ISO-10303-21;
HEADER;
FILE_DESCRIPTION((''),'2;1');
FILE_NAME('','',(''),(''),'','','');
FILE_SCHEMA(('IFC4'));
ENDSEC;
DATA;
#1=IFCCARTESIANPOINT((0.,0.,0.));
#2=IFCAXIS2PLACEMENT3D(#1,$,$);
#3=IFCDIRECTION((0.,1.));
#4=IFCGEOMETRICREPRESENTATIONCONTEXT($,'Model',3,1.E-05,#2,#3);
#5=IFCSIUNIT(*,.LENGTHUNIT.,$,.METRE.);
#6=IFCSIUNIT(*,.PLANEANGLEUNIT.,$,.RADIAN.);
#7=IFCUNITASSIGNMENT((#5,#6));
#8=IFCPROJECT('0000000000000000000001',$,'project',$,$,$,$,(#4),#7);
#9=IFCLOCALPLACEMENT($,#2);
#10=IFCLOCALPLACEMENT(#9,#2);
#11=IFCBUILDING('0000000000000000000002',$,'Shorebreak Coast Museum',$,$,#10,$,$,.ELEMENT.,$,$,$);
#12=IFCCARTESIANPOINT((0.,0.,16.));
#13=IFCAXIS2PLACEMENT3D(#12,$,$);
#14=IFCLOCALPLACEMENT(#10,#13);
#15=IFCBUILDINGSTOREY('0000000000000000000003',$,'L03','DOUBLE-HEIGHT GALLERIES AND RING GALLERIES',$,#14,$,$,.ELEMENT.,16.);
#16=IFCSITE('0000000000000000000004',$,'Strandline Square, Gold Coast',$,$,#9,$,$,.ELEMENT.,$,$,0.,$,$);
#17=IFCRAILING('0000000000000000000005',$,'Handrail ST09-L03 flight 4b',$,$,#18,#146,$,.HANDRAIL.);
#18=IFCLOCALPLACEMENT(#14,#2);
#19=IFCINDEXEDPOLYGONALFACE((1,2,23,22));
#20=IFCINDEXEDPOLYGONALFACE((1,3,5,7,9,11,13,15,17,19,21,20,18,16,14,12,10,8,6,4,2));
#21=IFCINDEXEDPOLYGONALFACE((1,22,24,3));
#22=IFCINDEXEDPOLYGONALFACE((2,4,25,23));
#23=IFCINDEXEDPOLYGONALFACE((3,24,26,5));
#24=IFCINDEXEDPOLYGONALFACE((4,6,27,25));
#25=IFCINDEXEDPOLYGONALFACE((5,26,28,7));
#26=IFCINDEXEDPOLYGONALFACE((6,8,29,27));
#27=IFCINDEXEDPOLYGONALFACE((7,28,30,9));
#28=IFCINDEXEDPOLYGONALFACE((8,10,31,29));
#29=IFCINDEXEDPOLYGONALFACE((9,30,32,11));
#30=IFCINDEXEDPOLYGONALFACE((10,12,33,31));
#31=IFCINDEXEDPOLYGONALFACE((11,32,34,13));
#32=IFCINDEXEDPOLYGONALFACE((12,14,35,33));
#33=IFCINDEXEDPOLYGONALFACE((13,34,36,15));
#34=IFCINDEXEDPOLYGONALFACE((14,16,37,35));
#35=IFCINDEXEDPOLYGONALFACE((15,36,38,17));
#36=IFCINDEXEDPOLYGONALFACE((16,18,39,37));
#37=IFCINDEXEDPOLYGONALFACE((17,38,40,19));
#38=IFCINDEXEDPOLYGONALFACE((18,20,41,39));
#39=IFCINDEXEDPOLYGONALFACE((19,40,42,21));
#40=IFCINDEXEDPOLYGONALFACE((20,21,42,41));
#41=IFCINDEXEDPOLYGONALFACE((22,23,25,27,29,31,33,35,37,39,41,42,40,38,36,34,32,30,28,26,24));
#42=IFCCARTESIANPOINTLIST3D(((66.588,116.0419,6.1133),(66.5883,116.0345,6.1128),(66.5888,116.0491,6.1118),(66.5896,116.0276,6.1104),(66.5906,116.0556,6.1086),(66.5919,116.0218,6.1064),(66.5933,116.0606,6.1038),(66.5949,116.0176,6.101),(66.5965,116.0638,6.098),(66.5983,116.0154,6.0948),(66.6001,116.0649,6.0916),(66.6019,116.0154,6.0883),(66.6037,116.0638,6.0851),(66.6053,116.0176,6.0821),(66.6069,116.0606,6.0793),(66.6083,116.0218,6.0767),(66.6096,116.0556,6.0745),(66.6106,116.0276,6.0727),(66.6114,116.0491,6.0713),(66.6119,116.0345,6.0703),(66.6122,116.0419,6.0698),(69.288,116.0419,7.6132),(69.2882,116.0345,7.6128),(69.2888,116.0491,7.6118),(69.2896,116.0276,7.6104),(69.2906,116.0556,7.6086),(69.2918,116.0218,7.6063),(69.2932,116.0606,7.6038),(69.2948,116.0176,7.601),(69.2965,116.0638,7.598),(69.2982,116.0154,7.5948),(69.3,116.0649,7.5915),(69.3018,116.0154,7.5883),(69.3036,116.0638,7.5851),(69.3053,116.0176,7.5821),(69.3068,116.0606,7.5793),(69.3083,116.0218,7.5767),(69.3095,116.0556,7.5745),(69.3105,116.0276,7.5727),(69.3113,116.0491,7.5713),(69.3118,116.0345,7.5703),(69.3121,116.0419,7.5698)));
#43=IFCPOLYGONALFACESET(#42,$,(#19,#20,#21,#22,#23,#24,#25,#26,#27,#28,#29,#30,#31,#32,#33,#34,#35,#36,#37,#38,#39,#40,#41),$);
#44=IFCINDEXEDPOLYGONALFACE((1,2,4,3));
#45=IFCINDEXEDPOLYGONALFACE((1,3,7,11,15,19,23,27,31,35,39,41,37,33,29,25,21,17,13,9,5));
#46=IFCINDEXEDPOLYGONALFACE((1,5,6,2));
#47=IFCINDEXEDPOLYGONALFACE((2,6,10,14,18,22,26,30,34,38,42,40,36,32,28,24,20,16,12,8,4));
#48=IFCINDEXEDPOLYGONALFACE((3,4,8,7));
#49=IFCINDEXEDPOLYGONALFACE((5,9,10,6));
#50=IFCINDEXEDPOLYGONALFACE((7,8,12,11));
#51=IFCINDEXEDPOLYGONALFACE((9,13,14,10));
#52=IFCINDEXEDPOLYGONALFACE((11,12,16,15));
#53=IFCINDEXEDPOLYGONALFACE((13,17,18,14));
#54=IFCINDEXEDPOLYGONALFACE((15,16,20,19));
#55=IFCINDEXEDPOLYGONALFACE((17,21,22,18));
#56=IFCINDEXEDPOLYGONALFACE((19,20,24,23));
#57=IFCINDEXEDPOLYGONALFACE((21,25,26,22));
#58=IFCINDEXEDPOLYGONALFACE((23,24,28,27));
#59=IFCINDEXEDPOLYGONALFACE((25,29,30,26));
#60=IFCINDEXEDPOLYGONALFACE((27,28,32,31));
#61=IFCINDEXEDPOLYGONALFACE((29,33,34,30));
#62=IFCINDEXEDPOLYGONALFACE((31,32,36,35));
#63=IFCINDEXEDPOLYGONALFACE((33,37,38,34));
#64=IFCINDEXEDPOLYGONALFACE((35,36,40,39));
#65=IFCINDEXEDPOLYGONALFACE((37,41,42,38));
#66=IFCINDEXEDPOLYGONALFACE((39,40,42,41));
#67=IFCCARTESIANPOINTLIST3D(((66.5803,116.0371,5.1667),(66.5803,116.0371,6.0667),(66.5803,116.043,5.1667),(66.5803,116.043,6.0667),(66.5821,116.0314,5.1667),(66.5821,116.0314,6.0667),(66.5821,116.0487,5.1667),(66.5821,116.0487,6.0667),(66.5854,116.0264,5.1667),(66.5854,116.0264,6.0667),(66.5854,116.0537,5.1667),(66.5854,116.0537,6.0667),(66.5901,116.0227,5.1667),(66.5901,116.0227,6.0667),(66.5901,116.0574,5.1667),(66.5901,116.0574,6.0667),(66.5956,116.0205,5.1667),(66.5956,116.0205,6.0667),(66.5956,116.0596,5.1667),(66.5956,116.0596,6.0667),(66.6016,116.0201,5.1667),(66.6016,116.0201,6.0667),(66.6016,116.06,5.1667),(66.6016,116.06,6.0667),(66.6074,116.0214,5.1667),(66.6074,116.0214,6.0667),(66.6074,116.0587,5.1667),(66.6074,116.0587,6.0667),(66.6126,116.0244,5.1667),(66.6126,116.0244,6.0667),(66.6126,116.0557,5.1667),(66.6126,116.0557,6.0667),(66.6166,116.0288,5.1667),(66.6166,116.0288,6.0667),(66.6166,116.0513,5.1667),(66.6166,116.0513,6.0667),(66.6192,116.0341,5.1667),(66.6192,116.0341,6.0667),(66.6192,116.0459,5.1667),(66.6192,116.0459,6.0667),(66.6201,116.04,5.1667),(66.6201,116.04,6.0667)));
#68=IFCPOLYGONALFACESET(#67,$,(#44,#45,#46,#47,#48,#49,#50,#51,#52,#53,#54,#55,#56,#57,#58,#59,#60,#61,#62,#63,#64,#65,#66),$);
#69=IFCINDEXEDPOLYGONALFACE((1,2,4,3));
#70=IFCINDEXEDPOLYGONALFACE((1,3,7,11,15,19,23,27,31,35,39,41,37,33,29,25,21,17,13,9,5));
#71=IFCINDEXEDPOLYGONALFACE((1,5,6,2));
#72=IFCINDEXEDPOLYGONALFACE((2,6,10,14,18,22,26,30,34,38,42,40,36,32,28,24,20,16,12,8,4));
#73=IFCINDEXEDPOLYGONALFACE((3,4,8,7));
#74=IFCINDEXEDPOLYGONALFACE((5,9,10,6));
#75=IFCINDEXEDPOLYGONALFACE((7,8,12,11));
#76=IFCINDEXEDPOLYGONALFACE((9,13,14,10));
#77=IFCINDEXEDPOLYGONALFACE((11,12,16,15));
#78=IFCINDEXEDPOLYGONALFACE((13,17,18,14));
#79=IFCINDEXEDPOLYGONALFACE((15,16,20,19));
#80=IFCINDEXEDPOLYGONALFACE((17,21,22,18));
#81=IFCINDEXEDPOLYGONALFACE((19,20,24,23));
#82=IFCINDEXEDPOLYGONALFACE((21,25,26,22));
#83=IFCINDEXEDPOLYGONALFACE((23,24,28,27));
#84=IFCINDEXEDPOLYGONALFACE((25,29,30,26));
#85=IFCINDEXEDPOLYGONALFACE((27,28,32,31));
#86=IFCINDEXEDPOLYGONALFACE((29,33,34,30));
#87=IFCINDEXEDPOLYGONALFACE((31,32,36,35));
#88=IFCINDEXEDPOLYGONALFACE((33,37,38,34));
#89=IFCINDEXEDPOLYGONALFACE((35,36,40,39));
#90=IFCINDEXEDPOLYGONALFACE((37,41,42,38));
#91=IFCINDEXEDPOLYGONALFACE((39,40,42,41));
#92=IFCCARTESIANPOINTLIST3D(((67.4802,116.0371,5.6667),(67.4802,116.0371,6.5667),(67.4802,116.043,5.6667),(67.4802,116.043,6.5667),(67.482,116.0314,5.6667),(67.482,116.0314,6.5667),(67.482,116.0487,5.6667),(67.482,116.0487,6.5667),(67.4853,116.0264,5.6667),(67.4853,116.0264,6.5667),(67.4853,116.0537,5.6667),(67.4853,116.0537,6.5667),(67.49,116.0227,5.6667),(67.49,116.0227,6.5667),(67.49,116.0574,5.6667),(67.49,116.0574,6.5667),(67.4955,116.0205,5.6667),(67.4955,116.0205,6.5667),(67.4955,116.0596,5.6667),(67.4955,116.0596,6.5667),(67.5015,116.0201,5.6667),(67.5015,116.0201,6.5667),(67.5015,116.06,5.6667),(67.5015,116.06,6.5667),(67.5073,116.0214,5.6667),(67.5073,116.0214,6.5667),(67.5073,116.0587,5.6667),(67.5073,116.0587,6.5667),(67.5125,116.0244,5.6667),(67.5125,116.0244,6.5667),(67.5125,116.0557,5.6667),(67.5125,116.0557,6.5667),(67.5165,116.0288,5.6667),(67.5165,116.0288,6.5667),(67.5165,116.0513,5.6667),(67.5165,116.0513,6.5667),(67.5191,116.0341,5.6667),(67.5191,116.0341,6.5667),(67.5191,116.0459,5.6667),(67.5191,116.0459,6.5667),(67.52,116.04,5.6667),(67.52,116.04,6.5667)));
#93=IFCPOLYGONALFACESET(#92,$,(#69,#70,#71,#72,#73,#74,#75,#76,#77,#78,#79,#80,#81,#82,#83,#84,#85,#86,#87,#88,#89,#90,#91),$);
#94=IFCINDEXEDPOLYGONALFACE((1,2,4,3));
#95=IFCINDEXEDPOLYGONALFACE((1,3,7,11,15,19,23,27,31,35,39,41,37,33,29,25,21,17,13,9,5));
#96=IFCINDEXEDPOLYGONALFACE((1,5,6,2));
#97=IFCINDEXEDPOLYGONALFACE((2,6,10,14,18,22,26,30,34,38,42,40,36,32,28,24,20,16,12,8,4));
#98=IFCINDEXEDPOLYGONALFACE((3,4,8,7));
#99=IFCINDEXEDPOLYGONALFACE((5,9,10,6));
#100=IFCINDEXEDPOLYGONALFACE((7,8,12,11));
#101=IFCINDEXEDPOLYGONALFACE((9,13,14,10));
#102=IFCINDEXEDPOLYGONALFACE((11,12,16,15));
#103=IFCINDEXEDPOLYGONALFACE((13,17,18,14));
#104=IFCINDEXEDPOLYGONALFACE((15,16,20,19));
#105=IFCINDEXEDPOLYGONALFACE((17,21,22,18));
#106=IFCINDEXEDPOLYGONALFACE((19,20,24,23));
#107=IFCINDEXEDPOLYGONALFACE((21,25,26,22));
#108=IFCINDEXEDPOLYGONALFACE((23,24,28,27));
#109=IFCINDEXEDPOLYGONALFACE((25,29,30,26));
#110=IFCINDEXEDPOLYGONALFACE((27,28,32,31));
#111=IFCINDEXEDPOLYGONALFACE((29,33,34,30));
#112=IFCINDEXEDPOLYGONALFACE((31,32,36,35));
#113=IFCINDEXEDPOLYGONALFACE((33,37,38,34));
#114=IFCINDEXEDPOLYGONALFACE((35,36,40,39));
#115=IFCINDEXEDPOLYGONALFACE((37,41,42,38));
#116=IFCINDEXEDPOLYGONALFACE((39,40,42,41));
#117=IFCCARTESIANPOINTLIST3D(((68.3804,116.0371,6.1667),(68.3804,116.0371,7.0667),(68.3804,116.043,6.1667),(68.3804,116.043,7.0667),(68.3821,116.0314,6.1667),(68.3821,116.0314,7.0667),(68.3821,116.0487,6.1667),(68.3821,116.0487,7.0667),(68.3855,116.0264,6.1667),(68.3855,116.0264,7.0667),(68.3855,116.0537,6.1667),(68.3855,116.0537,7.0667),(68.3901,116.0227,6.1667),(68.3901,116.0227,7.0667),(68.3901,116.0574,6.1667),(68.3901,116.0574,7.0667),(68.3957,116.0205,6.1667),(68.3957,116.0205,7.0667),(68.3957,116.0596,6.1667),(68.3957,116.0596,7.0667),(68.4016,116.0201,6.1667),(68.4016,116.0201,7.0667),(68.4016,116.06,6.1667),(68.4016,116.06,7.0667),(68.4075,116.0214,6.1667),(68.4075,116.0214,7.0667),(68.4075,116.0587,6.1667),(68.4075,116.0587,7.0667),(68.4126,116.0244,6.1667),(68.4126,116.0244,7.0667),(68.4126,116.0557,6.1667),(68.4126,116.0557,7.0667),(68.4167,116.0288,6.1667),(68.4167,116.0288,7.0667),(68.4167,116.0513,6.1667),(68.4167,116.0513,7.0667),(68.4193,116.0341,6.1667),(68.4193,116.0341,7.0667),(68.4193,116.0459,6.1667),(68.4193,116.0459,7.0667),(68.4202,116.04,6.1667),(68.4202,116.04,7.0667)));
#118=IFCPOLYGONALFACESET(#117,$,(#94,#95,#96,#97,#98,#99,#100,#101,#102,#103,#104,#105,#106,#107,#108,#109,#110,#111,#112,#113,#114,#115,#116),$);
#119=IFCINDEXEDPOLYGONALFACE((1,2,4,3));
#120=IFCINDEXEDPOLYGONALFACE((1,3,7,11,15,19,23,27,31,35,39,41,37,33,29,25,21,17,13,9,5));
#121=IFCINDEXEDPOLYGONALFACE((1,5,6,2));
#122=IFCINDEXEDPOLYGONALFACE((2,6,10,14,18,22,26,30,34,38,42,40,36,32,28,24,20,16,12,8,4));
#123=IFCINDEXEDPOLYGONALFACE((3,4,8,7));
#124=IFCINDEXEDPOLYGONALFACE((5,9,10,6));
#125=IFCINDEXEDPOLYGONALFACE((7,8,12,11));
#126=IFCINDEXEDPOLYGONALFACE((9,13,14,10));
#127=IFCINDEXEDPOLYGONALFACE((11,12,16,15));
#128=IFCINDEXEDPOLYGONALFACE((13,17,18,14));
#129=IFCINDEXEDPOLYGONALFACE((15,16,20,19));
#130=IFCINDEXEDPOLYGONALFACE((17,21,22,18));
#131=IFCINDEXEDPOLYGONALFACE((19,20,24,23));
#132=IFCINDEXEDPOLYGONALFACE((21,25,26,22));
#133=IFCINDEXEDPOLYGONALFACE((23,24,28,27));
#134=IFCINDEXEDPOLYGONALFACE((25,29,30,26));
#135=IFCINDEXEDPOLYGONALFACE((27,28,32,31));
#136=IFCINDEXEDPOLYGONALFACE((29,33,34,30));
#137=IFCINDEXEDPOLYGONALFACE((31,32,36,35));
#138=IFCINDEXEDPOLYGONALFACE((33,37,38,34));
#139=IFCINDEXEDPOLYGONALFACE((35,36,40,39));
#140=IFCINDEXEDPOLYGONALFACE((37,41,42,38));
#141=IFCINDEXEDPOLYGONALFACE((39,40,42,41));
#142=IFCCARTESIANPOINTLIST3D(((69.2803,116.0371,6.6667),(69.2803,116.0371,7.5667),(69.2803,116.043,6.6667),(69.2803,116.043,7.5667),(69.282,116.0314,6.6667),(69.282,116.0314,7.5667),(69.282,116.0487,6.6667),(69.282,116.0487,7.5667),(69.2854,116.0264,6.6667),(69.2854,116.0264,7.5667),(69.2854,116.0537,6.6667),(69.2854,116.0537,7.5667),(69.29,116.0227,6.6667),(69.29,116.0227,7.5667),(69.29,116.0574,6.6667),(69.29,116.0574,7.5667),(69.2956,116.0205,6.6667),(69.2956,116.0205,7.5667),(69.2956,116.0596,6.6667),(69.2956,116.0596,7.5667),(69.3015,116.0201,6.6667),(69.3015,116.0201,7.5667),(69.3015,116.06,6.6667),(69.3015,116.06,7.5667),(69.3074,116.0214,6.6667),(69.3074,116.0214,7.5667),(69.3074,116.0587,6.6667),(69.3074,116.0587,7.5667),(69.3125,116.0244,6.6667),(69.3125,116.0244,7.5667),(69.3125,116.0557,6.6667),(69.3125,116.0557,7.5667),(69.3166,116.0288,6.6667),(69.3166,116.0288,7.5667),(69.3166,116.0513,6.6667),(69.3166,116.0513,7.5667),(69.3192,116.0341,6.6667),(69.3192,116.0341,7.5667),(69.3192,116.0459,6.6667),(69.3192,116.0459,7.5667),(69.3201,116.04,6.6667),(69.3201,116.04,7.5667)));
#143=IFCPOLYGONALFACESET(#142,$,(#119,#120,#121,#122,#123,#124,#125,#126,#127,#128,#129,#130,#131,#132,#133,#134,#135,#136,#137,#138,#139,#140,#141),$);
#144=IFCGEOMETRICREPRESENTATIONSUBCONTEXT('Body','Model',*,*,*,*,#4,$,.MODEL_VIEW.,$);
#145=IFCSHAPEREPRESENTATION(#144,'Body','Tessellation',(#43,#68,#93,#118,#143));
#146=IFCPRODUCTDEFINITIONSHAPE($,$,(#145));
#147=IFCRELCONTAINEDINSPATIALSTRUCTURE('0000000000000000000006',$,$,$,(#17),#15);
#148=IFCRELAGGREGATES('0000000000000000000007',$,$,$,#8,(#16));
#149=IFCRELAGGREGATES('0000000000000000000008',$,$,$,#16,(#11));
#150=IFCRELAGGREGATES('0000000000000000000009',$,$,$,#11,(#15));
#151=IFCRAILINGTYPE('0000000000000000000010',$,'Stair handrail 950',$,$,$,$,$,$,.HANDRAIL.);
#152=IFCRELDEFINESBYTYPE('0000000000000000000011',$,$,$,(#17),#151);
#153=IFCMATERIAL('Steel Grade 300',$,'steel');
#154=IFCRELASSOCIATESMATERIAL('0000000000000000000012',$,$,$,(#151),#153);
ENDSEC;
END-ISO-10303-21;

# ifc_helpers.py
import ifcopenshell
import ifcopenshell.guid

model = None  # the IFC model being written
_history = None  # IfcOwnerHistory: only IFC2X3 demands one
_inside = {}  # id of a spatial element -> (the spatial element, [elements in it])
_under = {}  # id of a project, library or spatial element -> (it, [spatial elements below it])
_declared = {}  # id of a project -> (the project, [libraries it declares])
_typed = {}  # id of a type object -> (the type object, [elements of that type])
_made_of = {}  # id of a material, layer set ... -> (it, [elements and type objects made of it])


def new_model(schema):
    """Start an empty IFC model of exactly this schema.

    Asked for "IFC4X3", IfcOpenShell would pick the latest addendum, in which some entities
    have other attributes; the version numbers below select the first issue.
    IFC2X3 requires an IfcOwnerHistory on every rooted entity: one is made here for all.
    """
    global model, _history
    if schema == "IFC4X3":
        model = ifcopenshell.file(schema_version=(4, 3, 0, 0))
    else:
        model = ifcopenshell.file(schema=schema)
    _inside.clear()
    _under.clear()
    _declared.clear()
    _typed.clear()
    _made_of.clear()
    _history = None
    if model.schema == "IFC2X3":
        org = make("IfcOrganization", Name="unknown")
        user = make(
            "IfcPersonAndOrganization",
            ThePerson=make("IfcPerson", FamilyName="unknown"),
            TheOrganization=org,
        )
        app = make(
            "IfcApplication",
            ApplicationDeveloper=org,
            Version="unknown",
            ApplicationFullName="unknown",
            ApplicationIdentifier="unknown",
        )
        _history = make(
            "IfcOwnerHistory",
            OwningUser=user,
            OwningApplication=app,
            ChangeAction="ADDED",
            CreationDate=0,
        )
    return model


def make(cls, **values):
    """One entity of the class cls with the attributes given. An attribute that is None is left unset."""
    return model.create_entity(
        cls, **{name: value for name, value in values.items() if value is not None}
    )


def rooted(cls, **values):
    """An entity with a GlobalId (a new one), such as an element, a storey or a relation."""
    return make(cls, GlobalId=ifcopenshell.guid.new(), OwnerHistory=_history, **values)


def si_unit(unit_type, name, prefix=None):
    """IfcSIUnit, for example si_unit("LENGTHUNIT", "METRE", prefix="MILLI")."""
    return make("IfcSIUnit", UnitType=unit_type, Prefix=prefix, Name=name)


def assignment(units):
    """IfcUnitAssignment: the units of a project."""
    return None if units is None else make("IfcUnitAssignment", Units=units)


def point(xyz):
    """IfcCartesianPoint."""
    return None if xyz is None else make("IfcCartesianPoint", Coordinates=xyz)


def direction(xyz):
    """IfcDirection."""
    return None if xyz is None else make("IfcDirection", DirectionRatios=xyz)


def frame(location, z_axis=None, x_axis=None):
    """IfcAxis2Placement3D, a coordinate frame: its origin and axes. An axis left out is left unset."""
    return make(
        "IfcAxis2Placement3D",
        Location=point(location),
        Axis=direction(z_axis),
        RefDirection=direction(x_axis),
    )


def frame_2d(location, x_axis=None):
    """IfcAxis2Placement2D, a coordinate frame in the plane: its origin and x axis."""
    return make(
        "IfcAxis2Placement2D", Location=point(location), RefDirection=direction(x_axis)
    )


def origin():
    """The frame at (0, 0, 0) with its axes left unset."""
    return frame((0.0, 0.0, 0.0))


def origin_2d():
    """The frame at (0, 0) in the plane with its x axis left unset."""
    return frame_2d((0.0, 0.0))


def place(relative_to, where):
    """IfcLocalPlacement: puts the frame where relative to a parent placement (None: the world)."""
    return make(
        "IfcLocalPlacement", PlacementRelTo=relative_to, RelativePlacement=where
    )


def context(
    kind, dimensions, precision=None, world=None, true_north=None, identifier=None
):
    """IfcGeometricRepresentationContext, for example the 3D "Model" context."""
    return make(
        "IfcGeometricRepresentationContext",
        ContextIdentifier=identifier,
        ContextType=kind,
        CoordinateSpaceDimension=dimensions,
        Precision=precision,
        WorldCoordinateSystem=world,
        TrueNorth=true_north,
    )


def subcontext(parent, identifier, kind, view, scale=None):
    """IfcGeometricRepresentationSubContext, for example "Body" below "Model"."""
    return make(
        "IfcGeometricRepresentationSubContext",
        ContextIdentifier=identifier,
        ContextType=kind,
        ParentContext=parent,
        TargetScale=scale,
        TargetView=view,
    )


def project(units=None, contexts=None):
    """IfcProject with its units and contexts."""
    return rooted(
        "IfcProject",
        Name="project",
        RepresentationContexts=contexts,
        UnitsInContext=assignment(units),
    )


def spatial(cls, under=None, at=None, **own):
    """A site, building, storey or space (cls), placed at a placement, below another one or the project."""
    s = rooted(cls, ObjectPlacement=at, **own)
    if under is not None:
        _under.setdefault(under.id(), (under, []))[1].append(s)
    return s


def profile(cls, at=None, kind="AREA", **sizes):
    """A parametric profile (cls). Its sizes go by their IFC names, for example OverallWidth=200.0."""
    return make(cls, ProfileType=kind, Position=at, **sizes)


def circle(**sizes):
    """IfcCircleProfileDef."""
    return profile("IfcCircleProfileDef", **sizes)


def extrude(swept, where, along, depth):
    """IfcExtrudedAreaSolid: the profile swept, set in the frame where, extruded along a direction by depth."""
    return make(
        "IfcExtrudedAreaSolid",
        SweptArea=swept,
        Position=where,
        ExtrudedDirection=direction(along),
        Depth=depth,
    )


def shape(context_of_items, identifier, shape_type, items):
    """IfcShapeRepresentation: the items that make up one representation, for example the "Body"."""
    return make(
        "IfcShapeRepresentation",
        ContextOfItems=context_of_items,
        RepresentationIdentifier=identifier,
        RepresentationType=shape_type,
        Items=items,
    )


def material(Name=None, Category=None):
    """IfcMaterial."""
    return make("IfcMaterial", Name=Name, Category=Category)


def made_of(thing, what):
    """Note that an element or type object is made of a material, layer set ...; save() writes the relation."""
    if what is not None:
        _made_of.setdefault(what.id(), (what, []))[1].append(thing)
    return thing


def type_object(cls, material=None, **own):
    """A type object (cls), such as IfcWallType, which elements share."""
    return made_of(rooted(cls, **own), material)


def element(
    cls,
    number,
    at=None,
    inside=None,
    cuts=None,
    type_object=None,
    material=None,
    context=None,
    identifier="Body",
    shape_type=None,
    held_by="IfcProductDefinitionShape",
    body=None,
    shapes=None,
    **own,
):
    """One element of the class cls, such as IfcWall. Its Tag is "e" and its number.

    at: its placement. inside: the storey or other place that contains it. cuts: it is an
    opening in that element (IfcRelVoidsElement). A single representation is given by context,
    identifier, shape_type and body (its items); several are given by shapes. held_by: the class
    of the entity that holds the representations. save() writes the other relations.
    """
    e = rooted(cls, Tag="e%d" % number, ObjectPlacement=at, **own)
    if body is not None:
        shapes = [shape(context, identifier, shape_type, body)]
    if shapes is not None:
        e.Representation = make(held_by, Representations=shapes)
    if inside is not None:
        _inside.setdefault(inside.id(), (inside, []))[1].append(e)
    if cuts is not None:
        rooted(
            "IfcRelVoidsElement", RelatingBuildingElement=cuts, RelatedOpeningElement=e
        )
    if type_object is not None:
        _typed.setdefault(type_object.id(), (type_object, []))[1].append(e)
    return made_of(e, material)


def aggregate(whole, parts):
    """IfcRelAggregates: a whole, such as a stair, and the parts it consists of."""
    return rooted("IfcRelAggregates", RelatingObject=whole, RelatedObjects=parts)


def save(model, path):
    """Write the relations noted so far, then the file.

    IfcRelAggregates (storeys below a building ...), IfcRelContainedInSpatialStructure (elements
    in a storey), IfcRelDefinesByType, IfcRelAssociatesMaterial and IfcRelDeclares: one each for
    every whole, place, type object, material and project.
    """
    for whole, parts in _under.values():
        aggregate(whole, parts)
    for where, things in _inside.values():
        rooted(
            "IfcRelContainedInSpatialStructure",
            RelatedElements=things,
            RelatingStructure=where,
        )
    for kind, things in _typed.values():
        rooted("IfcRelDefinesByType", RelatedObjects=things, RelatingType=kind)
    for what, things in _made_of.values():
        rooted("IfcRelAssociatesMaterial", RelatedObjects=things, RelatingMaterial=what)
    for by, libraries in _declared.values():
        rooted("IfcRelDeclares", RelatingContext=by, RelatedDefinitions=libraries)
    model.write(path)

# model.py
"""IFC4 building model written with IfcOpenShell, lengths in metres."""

from ifc_helpers import new_model, si_unit, direction, frame, origin, origin_2d, place, context, subcontext, project, spatial, circle, extrude, material, type_object, element, save


model = new_model("IFC4")

# Units and contexts
model_context = context("Model", 3, precision=1e-05, world=origin(), true_north=direction((0.0, 1.0)))
body_context = subcontext(model_context, "Body", "Model", "MODEL_VIEW")
ifc_project = project(units=[si_unit("LENGTHUNIT", "METRE"), si_unit("PLANEANGLEUNIT", "RADIAN")], contexts=[model_context])

# Site, building, storey
site_placement = place(None, origin())
site = spatial("IfcSite", under=ifc_project, at=site_placement, Name="Strandline Square, Gold Coast", CompositionType="ELEMENT", RefElevation=0.0)
building_placement = place(site_placement, origin())
building = spatial("IfcBuilding", under=site, at=building_placement, Name="Shorebreak Coast Museum", CompositionType="ELEMENT")
storey_placement = place(building_placement, frame((0.0, 0.0, 16.0)))
storey = spatial("IfcBuildingStorey", under=building, at=storey_placement, Name="L03", Description="DOUBLE-HEIGHT GALLERIES AND RING GALLERIES", CompositionType="ELEMENT", Elevation=16.0)

# Railing
ifc_material_1 = material(Name="Steel Grade 300", Category="steel")
railing_type_1 = type_object("IfcRailingType", Name="Stair handrail 950", PredefinedType="HANDRAIL", material=ifc_material_1)
for number, where, name in (
    (1, (66.6001, 116.04, 5.1667), "Handrail ST09-L03 flight 4b"),
):
    element("IfcRailing", number, at=place(storey_placement, frame(where)), inside=storey, type_object=railing_type_1, Name=name, PredefinedType="HANDRAIL", context=body_context, shape_type="SweptSolid", body=[
        extrude(circle(Radius=0.0249, at=origin_2d()), frame((0.0, 0.0, 0.9248), z_axis=(0.874154, 0.0, 0.48565), x_axis=(0.0, 1.0, 0.0)), (0.0, 0.0, 1.0), 3.0886),
        extrude(circle(Radius=0.02, at=origin_2d()), origin(), (0.0, 0.0, 1.0), 0.8999),
        extrude(circle(Radius=0.02, at=origin_2d()), frame((0.8999, 0.0, 0.5)), (0.0, 0.0, 1.0), 0.8999),
        extrude(circle(Radius=0.02, at=origin_2d()), frame((1.8, 0.0, 1.0)), (0.0, 0.0, 1.0), 0.8999),
        extrude(circle(Radius=0.02, at=origin_2d()), frame((2.7, 0.0, 1.5)), (0.0, 0.0, 1.0), 0.8999),
    ])

save(model, "model.ifc")
